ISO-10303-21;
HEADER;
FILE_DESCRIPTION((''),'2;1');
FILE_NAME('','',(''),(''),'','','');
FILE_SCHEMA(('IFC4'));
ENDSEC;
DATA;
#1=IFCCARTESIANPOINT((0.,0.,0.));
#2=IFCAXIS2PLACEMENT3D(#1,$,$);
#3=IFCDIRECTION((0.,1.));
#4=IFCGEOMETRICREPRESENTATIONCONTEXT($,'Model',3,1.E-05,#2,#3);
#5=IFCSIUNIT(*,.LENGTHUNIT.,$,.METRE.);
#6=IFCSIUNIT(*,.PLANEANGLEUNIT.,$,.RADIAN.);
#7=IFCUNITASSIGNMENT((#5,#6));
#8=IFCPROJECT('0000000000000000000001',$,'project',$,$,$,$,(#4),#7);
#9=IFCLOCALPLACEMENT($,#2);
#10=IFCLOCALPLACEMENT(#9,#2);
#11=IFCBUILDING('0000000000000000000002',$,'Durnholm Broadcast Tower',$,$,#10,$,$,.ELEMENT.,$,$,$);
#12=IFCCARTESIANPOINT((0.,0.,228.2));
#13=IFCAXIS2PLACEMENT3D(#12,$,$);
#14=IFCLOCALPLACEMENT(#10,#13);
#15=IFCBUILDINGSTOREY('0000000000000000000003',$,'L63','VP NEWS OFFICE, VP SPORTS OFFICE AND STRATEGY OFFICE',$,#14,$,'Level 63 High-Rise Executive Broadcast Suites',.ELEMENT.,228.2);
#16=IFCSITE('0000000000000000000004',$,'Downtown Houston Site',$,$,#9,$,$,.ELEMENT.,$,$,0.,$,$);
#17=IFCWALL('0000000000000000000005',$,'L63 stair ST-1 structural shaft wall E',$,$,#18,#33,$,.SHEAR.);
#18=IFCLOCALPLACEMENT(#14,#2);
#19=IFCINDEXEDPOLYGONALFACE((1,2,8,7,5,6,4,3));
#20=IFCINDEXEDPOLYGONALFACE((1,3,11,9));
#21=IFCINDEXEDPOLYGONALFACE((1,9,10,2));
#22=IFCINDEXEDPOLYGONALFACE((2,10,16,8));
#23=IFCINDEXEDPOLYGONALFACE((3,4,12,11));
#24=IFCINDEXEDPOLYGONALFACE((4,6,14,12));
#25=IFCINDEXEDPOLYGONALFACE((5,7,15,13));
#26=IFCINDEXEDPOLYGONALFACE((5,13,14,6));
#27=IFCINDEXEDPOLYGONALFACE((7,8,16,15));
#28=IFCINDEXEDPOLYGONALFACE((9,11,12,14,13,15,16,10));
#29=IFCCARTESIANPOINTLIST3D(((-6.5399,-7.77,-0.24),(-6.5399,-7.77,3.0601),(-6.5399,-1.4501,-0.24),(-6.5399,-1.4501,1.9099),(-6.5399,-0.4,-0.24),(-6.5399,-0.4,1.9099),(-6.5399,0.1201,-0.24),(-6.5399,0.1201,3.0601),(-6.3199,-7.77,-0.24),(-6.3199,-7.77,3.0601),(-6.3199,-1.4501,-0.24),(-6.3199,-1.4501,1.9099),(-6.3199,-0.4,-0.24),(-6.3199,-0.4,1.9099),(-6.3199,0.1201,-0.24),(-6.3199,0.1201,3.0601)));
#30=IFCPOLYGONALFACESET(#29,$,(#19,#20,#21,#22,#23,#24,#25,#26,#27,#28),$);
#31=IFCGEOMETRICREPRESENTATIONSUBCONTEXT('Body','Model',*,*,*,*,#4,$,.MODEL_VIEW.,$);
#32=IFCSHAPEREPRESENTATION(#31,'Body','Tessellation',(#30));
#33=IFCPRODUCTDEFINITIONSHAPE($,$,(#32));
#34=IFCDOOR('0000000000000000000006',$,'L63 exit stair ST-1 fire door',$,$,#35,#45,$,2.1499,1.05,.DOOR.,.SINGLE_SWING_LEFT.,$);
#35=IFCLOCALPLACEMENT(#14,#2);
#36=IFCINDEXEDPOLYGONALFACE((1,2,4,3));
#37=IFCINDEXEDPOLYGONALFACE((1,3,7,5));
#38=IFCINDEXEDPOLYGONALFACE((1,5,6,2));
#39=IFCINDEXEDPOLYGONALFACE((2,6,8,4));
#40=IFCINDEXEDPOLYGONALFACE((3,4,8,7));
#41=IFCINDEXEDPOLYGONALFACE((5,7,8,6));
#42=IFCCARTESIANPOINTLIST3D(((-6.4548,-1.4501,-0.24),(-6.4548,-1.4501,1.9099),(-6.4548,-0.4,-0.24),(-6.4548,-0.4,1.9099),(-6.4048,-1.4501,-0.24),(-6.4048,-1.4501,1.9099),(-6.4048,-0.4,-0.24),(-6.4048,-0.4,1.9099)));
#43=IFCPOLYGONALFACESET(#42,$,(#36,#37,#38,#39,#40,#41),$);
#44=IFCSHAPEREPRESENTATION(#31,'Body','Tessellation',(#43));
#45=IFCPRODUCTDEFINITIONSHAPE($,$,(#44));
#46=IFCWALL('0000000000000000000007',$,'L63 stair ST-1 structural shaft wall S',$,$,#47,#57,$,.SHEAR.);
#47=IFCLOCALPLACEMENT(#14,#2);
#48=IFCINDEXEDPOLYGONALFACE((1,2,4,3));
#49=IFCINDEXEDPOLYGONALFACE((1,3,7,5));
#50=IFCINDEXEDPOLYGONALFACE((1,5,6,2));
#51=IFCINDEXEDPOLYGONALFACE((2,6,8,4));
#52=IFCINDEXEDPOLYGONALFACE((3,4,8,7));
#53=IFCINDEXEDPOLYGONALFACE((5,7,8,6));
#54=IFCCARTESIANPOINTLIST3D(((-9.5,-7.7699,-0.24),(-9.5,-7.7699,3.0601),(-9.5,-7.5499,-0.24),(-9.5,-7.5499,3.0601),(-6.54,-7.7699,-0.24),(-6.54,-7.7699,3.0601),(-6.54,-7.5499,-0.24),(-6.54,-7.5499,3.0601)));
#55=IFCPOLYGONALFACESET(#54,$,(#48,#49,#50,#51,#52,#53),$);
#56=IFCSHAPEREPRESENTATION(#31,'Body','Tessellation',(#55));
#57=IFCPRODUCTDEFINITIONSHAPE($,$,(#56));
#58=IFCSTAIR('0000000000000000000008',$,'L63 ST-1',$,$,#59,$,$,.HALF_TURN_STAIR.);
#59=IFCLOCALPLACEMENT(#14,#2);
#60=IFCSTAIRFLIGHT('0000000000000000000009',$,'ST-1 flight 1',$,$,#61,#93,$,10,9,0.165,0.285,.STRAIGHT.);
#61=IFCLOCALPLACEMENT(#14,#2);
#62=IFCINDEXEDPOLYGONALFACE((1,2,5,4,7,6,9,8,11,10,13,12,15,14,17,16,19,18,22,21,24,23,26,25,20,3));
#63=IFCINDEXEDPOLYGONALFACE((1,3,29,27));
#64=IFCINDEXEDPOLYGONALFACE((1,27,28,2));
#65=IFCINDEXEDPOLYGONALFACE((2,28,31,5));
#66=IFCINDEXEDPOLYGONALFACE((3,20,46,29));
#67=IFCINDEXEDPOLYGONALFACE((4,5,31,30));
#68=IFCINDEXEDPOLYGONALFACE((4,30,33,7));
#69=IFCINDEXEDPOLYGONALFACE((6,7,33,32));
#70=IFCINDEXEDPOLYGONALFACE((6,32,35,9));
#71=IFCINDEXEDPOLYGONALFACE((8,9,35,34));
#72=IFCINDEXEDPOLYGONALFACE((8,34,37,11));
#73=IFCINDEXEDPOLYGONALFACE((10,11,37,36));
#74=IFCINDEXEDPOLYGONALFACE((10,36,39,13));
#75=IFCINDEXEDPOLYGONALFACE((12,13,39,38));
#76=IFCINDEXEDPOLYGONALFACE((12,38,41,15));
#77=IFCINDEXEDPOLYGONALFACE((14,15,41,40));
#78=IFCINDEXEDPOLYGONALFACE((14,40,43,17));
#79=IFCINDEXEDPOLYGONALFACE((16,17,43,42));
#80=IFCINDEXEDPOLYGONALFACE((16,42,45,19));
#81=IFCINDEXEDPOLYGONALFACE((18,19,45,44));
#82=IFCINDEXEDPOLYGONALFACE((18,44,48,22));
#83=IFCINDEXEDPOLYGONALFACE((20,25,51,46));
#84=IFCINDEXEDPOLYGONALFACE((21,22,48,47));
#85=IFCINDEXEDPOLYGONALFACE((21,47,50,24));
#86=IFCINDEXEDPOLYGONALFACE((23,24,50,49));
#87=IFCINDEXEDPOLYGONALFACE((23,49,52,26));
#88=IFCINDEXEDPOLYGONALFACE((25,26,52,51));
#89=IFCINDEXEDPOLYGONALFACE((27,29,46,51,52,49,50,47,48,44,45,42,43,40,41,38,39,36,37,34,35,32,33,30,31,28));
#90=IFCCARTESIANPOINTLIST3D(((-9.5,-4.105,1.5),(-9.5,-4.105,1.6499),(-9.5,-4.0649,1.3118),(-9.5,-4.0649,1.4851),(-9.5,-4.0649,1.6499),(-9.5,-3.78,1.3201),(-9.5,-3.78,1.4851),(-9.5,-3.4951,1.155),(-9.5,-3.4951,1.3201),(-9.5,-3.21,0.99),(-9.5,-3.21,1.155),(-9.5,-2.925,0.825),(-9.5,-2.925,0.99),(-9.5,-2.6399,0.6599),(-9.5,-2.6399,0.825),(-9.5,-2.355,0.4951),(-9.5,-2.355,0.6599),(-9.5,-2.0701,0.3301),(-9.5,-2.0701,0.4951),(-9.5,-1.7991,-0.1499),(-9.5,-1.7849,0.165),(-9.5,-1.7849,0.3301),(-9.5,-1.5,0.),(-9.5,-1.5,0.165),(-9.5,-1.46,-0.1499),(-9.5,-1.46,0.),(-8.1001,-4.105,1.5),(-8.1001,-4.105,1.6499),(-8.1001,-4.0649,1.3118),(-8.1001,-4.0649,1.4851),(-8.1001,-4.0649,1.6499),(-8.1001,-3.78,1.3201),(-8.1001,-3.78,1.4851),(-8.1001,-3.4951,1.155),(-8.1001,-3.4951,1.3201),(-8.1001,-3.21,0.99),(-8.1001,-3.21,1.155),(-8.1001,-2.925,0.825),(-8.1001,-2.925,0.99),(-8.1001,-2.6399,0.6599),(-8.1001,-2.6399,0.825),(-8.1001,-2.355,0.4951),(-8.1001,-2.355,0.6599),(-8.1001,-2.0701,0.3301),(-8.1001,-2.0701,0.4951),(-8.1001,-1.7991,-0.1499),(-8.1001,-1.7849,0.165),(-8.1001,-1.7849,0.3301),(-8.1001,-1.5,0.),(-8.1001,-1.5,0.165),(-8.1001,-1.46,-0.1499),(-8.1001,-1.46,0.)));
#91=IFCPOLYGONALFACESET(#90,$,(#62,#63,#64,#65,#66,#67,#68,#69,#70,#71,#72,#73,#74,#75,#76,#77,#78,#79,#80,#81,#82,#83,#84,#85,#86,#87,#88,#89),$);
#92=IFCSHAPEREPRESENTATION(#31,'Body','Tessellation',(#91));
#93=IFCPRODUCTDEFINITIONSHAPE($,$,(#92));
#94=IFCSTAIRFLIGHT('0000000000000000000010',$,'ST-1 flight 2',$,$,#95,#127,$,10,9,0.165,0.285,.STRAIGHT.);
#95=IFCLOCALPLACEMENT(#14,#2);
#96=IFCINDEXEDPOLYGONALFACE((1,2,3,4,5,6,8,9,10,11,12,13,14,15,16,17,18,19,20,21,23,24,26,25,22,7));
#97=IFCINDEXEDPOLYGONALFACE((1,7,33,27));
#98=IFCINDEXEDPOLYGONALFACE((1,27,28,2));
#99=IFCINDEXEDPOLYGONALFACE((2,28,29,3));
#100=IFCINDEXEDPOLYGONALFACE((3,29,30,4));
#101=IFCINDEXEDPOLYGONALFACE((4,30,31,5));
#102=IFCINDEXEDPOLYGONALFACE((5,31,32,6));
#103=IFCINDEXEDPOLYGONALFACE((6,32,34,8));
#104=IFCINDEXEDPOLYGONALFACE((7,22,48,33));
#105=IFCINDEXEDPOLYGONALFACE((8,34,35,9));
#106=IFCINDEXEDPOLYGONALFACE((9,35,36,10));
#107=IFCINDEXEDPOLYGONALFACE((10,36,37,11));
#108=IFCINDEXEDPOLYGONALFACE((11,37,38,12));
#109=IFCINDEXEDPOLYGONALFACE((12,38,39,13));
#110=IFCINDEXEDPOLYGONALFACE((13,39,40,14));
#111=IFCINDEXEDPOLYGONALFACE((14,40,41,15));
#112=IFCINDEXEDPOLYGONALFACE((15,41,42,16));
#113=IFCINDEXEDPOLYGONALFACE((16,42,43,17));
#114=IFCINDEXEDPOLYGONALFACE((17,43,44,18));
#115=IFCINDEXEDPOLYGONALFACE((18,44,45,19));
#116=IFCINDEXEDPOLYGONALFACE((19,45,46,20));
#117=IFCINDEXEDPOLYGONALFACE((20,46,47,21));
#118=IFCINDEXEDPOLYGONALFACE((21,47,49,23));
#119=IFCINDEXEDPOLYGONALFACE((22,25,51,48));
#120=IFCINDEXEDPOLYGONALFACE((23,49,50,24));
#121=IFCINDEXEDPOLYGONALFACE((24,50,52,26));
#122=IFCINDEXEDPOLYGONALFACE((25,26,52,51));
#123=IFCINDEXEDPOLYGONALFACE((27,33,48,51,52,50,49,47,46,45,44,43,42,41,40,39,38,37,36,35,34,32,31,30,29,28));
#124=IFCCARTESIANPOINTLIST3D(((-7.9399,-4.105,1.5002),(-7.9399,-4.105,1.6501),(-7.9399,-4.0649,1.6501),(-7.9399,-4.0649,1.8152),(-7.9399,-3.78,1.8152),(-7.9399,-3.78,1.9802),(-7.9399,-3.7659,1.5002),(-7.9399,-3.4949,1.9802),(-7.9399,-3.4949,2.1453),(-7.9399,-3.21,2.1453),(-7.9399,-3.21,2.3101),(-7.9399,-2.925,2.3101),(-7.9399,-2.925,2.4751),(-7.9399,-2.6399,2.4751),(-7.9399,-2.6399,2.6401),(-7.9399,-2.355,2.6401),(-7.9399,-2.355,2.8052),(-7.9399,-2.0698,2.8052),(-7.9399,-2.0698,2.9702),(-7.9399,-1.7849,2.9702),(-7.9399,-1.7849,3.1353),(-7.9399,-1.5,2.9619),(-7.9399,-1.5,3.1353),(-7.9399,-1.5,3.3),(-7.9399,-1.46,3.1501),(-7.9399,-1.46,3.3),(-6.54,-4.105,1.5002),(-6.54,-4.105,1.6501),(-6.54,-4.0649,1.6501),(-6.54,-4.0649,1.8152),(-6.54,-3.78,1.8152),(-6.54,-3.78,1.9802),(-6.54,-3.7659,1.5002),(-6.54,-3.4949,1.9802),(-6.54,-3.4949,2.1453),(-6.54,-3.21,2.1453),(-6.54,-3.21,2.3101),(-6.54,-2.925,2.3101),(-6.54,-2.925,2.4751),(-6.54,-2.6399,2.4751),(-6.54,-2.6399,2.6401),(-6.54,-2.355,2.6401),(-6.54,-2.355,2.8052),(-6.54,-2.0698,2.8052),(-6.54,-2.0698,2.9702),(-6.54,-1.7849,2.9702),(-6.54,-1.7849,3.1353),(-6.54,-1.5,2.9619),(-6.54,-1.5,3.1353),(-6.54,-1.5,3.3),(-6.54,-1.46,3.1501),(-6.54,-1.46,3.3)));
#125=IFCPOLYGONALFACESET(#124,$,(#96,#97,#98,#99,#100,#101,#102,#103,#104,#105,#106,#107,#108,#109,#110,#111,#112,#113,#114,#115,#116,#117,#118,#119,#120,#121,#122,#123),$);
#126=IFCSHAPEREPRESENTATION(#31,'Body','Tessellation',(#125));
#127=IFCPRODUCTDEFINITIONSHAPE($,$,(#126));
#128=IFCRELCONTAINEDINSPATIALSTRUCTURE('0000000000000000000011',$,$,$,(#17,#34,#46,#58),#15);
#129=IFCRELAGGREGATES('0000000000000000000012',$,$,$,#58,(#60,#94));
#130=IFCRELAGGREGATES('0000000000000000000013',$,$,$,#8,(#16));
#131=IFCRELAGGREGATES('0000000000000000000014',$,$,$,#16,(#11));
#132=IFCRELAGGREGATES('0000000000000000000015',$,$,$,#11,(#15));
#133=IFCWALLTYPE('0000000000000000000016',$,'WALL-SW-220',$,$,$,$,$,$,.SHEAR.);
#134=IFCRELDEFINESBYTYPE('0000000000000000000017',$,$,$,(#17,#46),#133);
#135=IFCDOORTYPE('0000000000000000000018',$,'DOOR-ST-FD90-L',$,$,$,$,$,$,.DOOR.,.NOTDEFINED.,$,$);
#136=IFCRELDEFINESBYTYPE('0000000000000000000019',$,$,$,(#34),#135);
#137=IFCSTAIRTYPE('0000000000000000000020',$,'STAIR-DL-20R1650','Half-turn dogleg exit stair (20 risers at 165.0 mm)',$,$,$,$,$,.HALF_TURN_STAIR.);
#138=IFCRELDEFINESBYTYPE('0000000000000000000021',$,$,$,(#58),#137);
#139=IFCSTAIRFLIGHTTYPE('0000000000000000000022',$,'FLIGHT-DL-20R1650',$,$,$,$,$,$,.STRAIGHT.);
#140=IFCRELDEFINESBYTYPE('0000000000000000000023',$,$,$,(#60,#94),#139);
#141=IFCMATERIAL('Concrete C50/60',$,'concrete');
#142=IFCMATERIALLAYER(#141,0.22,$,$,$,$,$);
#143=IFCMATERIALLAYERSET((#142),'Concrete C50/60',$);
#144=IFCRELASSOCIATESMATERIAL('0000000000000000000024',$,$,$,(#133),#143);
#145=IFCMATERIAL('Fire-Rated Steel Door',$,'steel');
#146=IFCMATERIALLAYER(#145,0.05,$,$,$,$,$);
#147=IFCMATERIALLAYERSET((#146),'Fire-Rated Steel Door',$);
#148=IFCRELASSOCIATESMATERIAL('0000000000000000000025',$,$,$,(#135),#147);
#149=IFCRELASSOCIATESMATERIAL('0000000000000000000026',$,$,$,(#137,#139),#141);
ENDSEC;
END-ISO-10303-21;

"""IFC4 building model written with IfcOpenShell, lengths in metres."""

from ifc_helpers import new_model, si_unit, direction, frame, frame_2d, origin, place, context, subcontext, project, spatial, polyline, rectangle, outline, extrude, source, transform, mapped, material, layer, layer_set, type_object, type_shapes, element, fill, aggregate, save


model = new_model("IFC4")

# Units and contexts
model_context = context("Model", 3, precision=1e-05, world=origin(), true_north=direction((0.0, 1.0)))
body_context = subcontext(model_context, "Body", "Model", "MODEL_VIEW")
ifc_project = project(units=[si_unit("LENGTHUNIT", "METRE"), si_unit("PLANEANGLEUNIT", "RADIAN")], contexts=[model_context])

# Site, building, storey
site_placement = place(None, origin())
site = spatial("IfcSite", under=ifc_project, at=site_placement, Name="Downtown Houston Site", CompositionType="ELEMENT", RefElevation=0.0)
building_placement = place(site_placement, origin())
building = spatial("IfcBuilding", under=site, at=building_placement, Name="Durnholm Broadcast Tower", CompositionType="ELEMENT")
storey_placement = place(building_placement, frame((0.0, 0.0, 228.2)))
storey = spatial("IfcBuildingStorey", under=building, at=storey_placement, Name="L63", Description="VP NEWS OFFICE, VP SPORTS OFFICE AND STRATEGY OFFICE", LongName="Level 63 High-Rise Executive Broadcast Suites", CompositionType="ELEMENT", Elevation=228.2)

# Wall, opening, door
ifc_material_1 = material(Name="Concrete C50/60", Category="concrete")
ifc_layer_1 = layer(ifc_material_1, 0.22)
ifc_layer_set_1 = layer_set([ifc_layer_1], Name="Concrete C50/60")
wall_type_1 = type_object("IfcWallType", Name="WALL-SW-220", PredefinedType="SHEAR", material=ifc_layer_set_1)
wall_1_placement = place(storey_placement, frame((-6.4299, -7.77, -0.24), z_axis=(0.0, 0.0, 1.0), x_axis=(0.0, 1.0, 0.0)))
wall_1 = element("IfcWall", 1, at=wall_1_placement, inside=storey, type_object=wall_type_1, Name="L63 stair ST-1 structural shaft wall E", PredefinedType="SHEAR", context=body_context, shape_type="SweptSolid", body=[
    extrude(rectangle(XDim=7.8901, YDim=0.22, at=frame_2d((3.9451, 0.0))), origin(), (0.0, 0.0, 1.0), 3.3),
])
opening_1_placement = place(wall_1_placement, frame((6.3201, 0.0, 0.0)))
opening_1 = element("IfcOpeningElement", 2, at=opening_1_placement, cuts=wall_1, PredefinedType="OPENING", context=body_context, shape_type="SweptSolid", body=[
    extrude(rectangle(XDim=1.05, YDim=2.1499, at=frame_2d((0.5249, 1.075))), frame((0.0, 0.1201, 0.0), z_axis=(0.0, -1.0, 0.0), x_axis=(1.0, 0.0, 0.0)), (0.0, 0.0, 1.0), 0.24),
])
ifc_material_2 = material(Name="Fire-Rated Steel Door", Category="steel")
ifc_layer_2 = layer(ifc_material_2, 0.05)
ifc_layer_set_2 = layer_set([ifc_layer_2], Name="Fire-Rated Steel Door")
door_type_1 = type_object("IfcDoorType", Name="DOOR-ST-FD90-L", OperationType="NOTDEFINED", PredefinedType="DOOR", material=ifc_layer_set_2)
shared_shape_1 = source(origin(), body_context, "Body", "SweptSolid", [
    extrude(rectangle(XDim=1.05, YDim=2.1499, at=frame_2d((0.5249, 1.075))), frame((0.0, 0.0249, 0.0), z_axis=(0.0, -1.0, 0.0), x_axis=(1.0, 0.0, 0.0)), (0.0, 0.0, 1.0), 0.05),
])
type_shapes(door_type_1, [shared_shape_1])
door_1_placement = place(opening_1_placement, origin())
door_1 = element("IfcDoor", 3, at=door_1_placement, inside=storey, type_object=door_type_1, Name="L63 exit stair ST-1 fire door", OperationType="SINGLE_SWING_LEFT", OverallHeight=2.1499, OverallWidth=1.05, PredefinedType="DOOR", context=body_context, shape_type="MappedRepresentation", body=[
    mapped(shared_shape_1, transform((0.0, 0.0, 0.0), x_axis=(1.0, 0.0, 0.0), y_axis=(0.0, 1.0, 0.0), z_axis=(0.0, 0.0, 1.0), scale=1.0)),
])
fill(opening_1, door_1)

# Wall
wall_2_placement = place(storey_placement, frame((-9.5, -7.6599, -0.24), z_axis=(0.0, 0.0, 1.0), x_axis=(1.0, 0.0, 0.0)))
element("IfcWall", 4, at=wall_2_placement, inside=storey, type_object=wall_type_1, Name="L63 stair ST-1 structural shaft wall S", PredefinedType="SHEAR", context=body_context, shape_type="SweptSolid", body=[
    extrude(rectangle(XDim=2.96, YDim=0.22, at=frame_2d((1.48, 0.0))), origin(), (0.0, 0.0, 1.0), 3.3),
])

# Stair, stair flights
stair_type = type_object("IfcStairType", Name="STAIR-DL-20R1650", Description="Half-turn dogleg exit stair (20 risers at 165.0 mm)", PredefinedType="HALF_TURN_STAIR", material=ifc_material_1)
stair_placement = place(storey_placement, origin())
stair = element("IfcStair", 5, at=stair_placement, inside=storey, type_object=stair_type, Name="L63 ST-1", PredefinedType="HALF_TURN_STAIR")
stair_flight_type = type_object("IfcStairFlightType", Name="FLIGHT-DL-20R1650", PredefinedType="STRAIGHT", material=ifc_material_1)
stair_flight_1_placement = place(storey_placement, frame((-8.8, -1.5, 0.0), z_axis=(0.0, 0.0, 1.0), x_axis=(0.0, -1.0, 0.0)))
stair_flight_1 = element("IfcStairFlight", 6, at=stair_flight_1_placement, type_object=stair_flight_type, Name="ST-1 flight 1", NumberOfRisers=10, NumberOfTreads=9, PredefinedType="STRAIGHT", RiserHeight=0.165, TreadLength=0.285, context=body_context, shape_type="SweptSolid", body=[
    extrude(outline(polyline([(-0.04, -0.1499), (-0.04, 0.0), (0.0, 0.0), (0.0, 0.165), (0.2849, 0.165), (0.2849, 0.3301), (0.5701, 0.3301), (0.5701, 0.4951), (0.855, 0.4951), (0.855, 0.6599), (1.1399, 0.6599), (1.1399, 0.825), (1.425, 0.825), (1.425, 0.99), (1.71, 0.99), (1.71, 1.155), (1.9951, 1.155), (1.9951, 1.3201), (2.28, 1.3201), (2.28, 1.4851), (2.5649, 1.4851), (2.5649, 1.6499), (2.605, 1.6499), (2.605, 1.5), (2.5649, 1.3118), (0.2991, -0.1499), (-0.04, -0.1499)])), frame((0.0, 0.7, 0.0), z_axis=(0.0, -1.0, 0.0), x_axis=(1.0, 0.0, 0.0)), (0.0, 0.0, 1.0), 1.3999),
])
stair_flight_2_placement = place(storey_placement, frame((-7.24, -4.0649, 1.6501), z_axis=(0.0, 0.0, 1.0), x_axis=(0.0, 1.0, 0.0)))
stair_flight_2 = element("IfcStairFlight", 7, at=stair_flight_2_placement, type_object=stair_flight_type, Name="ST-1 flight 2", NumberOfRisers=10, NumberOfTreads=9, PredefinedType="STRAIGHT", RiserHeight=0.165, TreadLength=0.285, context=body_context, shape_type="SweptSolid", body=[
    extrude(outline(polyline([(-0.04, -0.1499), (-0.04, 0.0), (0.0, 0.0), (0.0, 0.165), (0.2849, 0.165), (0.2849, 0.3301), (0.5701, 0.3301), (0.5701, 0.4951), (0.855, 0.4951), (0.855, 0.6599), (1.1399, 0.6599), (1.1399, 0.825), (1.425, 0.825), (1.425, 0.99), (1.71, 0.99), (1.71, 1.155), (1.9951, 1.155), (1.9951, 1.3201), (2.28, 1.3201), (2.28, 1.4851), (2.5649, 1.4851), (2.5649, 1.6499), (2.605, 1.6499), (2.605, 1.5), (2.5649, 1.3118), (0.2991, -0.1499), (-0.04, -0.1499)])), frame((0.0, 0.7, 0.0), z_axis=(0.0, -1.0, 0.0), x_axis=(1.0, 0.0, 0.0)), (0.0, 0.0, 1.0), 1.3999),
])
aggregate(stair, [stair_flight_1, stair_flight_2])

save(model, "model.ifc")
